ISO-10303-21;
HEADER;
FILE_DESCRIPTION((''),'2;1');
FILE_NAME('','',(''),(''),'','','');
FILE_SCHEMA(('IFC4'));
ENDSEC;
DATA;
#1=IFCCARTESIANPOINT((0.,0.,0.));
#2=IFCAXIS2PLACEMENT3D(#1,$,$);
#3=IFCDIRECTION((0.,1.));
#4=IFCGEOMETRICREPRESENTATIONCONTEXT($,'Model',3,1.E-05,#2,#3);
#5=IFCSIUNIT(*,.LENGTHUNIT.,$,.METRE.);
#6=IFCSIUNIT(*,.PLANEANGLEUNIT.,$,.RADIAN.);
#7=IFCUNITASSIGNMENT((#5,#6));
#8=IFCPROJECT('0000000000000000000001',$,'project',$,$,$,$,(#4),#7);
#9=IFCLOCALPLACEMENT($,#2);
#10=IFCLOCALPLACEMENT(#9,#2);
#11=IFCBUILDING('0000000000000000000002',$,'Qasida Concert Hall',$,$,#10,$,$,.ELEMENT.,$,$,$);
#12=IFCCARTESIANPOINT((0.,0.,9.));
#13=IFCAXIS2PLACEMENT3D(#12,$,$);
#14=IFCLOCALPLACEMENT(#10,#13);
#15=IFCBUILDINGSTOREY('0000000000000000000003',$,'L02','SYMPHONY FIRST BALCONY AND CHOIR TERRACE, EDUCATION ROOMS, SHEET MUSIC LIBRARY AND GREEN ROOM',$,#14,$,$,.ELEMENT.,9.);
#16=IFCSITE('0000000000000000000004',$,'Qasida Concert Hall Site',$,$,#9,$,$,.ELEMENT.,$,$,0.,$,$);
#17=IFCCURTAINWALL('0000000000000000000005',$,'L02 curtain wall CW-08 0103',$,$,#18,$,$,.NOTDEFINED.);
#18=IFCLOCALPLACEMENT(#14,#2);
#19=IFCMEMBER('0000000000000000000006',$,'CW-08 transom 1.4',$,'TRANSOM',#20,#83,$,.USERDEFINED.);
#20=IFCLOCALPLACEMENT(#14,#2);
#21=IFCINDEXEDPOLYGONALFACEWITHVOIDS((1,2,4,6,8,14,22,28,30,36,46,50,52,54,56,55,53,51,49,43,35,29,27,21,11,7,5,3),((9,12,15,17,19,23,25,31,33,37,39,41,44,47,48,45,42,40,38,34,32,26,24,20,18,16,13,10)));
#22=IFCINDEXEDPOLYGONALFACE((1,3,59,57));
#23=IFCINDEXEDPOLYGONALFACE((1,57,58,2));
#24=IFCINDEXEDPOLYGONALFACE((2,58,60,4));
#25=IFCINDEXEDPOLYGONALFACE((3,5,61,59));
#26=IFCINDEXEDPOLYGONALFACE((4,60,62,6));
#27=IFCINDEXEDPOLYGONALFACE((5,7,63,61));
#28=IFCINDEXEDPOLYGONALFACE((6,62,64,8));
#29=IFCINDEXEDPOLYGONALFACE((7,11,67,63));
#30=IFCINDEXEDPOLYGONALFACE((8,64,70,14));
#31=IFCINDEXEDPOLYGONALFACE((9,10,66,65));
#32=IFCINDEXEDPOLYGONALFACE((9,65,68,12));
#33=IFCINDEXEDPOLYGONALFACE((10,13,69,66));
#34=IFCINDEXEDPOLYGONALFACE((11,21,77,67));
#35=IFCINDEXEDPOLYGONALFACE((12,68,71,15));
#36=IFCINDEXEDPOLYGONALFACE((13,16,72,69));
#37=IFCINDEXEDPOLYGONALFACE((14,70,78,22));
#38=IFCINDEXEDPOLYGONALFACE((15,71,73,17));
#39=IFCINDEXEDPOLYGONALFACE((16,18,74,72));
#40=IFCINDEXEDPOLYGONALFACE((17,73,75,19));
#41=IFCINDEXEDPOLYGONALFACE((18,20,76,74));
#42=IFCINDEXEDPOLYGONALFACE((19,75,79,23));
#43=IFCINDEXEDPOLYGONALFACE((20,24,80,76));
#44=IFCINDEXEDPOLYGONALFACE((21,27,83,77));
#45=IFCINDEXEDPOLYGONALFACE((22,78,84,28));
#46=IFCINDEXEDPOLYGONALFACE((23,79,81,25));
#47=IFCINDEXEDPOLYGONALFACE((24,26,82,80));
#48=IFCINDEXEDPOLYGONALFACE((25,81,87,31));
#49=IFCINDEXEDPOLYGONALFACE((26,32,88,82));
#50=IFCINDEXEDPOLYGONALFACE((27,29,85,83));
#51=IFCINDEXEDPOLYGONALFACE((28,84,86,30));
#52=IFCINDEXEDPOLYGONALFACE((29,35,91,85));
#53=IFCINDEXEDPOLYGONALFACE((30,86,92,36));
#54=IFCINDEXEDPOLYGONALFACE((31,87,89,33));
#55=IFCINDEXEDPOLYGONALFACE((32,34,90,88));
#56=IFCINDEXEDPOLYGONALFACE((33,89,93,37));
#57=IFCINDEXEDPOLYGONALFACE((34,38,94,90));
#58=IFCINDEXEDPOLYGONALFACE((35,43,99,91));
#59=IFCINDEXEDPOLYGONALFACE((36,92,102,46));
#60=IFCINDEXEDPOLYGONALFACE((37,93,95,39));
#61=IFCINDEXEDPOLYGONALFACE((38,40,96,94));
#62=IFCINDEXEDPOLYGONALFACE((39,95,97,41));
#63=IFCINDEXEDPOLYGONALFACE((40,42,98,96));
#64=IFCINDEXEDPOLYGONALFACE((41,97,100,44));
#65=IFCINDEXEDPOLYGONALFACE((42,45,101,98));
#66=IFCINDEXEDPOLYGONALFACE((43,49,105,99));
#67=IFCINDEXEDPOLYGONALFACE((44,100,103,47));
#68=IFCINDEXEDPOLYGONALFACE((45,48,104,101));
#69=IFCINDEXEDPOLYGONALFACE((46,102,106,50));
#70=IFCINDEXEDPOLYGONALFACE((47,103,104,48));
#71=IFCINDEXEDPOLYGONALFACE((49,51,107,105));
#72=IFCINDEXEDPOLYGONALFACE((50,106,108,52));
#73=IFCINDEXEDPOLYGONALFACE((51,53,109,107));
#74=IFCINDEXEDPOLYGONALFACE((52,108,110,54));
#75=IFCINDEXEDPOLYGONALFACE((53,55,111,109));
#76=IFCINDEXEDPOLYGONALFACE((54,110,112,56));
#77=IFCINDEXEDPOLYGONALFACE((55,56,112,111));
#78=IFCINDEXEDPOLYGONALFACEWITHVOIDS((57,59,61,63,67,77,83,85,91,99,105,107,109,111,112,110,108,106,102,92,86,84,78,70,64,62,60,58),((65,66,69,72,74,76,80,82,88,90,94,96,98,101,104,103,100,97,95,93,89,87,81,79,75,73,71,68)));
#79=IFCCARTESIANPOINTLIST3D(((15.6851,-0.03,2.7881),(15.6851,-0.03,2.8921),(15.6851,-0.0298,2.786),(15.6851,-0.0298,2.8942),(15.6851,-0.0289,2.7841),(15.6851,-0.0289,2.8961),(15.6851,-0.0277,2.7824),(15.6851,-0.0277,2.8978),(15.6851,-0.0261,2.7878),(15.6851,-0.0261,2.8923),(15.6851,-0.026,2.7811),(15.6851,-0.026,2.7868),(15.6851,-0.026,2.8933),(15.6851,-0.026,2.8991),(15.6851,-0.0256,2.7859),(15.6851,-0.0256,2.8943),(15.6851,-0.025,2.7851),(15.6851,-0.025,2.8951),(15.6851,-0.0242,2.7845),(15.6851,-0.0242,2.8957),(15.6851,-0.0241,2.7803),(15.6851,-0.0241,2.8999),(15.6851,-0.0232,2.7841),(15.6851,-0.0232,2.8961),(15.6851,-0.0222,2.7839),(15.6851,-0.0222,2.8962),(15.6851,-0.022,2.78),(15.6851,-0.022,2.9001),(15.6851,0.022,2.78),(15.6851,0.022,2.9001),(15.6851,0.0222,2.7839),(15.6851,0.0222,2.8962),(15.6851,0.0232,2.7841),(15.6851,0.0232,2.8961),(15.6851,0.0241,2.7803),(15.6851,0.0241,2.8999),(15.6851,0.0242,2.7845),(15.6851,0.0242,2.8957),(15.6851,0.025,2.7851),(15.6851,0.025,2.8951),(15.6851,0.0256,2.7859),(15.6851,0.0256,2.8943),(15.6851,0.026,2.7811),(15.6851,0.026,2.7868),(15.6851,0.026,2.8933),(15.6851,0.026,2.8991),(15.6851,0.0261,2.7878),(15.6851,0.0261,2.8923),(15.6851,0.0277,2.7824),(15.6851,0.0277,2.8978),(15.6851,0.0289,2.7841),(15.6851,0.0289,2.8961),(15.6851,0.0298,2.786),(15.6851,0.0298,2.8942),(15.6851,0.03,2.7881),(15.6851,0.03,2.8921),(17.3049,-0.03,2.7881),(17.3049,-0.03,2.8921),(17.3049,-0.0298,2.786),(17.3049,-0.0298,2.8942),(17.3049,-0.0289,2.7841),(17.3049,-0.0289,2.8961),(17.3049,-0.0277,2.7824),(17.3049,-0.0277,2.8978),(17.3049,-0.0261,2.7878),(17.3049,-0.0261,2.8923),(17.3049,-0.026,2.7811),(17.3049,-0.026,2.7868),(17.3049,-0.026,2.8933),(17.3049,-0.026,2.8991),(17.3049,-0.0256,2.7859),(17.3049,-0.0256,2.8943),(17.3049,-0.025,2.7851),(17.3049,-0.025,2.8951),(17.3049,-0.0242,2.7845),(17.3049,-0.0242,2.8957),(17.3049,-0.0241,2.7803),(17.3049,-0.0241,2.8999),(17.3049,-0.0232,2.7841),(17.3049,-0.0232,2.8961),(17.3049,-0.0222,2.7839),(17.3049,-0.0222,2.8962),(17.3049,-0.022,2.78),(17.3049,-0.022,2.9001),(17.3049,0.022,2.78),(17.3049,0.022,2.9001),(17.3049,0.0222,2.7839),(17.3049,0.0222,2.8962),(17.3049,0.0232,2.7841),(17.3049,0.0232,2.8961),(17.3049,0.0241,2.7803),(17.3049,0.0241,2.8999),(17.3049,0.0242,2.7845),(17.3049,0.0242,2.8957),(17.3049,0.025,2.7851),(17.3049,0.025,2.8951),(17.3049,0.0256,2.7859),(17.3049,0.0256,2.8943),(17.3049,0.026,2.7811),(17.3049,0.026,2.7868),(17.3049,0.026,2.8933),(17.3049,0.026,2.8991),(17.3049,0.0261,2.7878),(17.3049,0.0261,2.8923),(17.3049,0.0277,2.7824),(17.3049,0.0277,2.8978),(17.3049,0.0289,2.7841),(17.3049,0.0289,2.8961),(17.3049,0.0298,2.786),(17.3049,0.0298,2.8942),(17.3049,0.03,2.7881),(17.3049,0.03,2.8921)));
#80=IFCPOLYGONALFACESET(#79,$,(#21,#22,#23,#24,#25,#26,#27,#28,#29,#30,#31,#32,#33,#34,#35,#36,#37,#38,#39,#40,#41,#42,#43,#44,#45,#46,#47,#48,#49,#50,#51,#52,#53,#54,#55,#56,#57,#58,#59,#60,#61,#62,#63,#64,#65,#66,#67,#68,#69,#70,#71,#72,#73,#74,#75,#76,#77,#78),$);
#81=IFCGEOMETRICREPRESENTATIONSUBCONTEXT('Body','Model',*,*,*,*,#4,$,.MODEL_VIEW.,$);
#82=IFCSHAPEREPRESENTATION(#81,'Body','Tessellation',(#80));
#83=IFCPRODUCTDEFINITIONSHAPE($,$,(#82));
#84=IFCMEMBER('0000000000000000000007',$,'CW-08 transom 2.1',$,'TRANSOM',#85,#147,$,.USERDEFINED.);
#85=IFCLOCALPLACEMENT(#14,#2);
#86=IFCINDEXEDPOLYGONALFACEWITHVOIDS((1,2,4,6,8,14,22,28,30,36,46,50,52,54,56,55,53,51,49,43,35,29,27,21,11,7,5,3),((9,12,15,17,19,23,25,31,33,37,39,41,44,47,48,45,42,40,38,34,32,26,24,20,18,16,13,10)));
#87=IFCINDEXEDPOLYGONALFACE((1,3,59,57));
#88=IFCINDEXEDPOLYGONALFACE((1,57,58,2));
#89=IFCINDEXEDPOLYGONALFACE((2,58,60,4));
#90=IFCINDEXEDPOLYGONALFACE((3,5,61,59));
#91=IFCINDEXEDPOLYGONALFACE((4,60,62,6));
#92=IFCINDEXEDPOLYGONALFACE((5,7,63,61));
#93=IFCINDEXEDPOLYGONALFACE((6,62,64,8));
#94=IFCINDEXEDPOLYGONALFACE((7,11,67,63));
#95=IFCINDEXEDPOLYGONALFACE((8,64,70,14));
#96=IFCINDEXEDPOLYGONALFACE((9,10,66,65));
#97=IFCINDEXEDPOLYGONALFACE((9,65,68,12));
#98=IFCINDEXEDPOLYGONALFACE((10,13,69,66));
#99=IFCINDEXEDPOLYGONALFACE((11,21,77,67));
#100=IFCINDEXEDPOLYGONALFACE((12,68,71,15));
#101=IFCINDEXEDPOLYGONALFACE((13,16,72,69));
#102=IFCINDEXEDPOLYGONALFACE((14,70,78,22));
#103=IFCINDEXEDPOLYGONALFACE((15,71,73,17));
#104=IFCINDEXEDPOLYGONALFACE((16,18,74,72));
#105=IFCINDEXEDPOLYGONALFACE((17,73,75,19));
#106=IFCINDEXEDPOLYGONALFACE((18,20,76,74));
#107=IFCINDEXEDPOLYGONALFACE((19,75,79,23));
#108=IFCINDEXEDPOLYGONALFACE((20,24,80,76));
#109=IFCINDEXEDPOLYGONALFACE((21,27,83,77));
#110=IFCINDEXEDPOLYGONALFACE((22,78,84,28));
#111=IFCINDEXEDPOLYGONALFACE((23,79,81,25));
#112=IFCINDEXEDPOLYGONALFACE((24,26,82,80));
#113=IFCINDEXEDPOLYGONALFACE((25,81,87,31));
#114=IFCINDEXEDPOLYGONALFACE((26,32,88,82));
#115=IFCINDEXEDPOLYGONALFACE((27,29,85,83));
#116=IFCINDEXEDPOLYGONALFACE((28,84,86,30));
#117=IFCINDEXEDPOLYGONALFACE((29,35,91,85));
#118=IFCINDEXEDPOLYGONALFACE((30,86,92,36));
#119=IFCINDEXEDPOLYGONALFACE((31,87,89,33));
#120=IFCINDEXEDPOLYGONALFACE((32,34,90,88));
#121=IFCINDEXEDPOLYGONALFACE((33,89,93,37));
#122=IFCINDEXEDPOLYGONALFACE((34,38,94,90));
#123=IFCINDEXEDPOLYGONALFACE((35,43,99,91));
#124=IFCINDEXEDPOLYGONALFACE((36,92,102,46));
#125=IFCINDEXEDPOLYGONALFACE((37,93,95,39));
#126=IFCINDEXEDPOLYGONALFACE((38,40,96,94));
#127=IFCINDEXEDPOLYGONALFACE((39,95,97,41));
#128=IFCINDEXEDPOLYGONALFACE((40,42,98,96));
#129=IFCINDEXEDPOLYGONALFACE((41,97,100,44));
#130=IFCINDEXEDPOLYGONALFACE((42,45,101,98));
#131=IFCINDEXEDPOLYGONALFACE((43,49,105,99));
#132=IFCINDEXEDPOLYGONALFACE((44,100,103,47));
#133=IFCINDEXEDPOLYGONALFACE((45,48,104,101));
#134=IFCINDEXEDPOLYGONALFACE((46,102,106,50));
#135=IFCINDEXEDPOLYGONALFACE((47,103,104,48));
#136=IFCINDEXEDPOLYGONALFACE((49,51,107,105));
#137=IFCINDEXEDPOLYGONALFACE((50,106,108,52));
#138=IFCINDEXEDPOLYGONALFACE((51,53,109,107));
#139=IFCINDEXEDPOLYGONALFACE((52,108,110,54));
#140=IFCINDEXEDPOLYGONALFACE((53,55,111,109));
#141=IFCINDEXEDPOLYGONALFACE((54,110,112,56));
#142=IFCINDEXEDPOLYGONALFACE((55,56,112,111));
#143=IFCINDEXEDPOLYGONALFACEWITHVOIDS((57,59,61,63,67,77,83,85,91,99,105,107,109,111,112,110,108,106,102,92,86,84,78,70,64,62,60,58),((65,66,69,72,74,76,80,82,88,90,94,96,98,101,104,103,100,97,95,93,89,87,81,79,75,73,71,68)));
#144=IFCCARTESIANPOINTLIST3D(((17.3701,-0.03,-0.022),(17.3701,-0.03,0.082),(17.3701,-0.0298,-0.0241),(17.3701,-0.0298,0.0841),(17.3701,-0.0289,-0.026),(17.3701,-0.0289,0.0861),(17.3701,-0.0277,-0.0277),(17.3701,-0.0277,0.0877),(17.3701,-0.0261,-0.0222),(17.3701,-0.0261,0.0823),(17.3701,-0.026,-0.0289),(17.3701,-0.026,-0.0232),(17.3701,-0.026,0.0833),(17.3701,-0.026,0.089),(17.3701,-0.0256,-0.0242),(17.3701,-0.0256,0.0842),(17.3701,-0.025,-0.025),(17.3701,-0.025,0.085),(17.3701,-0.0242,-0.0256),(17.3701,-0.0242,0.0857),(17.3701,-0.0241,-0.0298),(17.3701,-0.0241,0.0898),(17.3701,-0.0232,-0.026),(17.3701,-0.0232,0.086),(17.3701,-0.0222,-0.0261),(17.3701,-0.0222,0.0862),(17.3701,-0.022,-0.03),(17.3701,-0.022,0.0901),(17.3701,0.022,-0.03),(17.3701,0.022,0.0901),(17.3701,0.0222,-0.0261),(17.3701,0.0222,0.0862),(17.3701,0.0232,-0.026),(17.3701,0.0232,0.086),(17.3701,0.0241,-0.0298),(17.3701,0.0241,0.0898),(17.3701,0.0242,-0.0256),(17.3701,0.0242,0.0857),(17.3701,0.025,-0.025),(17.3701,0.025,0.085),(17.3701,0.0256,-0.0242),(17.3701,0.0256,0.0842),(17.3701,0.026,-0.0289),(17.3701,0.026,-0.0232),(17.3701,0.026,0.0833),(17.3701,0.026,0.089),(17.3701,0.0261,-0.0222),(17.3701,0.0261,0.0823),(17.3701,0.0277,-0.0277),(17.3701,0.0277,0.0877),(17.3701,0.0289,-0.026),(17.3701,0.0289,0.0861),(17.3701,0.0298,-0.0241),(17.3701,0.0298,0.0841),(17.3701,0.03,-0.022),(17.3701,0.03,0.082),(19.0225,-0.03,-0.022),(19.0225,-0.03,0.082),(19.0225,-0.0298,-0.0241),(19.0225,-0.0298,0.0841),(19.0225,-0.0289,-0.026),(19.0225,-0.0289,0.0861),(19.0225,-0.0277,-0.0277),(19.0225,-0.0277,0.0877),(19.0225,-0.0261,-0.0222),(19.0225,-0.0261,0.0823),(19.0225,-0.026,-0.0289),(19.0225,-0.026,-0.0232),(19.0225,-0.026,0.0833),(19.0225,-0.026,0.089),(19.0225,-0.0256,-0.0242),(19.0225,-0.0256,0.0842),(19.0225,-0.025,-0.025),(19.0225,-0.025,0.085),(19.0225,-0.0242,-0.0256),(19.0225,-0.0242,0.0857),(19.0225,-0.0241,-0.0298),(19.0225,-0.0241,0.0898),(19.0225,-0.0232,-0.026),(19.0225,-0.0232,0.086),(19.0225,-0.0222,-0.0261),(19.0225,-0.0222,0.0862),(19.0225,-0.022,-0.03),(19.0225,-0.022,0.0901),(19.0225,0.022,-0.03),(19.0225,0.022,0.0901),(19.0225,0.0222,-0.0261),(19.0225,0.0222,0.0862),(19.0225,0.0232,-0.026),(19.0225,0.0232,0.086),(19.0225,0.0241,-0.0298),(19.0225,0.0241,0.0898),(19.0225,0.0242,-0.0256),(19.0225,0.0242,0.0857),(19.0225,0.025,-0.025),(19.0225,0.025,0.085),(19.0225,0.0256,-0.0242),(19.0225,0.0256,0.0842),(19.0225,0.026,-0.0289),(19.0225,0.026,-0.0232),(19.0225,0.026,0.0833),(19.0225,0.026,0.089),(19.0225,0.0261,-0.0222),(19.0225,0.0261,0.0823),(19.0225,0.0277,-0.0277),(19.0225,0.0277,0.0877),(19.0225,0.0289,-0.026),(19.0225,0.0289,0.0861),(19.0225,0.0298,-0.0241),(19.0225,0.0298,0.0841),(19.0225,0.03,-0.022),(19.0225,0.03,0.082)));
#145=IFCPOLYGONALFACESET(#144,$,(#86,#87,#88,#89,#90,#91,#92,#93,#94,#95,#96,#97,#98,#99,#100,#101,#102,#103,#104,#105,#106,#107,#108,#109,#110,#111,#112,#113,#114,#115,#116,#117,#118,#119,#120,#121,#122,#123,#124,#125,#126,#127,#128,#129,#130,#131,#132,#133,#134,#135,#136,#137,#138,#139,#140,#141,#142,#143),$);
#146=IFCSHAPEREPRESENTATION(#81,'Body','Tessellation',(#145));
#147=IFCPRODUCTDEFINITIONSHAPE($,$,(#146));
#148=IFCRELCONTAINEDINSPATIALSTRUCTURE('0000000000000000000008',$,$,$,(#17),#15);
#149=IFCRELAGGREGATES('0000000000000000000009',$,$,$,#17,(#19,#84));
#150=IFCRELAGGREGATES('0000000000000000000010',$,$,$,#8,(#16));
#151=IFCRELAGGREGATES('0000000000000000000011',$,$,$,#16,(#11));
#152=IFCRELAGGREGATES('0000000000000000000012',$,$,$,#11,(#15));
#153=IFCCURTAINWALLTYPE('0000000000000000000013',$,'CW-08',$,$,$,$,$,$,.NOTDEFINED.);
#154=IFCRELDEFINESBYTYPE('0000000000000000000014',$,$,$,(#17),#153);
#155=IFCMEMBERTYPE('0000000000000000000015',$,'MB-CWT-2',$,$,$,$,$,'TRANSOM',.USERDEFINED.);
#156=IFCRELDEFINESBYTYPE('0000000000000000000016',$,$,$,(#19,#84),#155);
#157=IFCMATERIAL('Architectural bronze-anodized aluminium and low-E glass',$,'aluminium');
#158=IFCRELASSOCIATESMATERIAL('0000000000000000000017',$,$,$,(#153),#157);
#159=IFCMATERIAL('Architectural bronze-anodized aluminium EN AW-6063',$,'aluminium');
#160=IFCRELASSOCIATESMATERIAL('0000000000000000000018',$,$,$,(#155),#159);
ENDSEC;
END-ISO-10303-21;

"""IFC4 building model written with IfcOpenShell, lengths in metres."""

from ifc_helpers import new_model, si_unit, direction, frame, origin, origin_2d, place, context, subcontext, project, spatial, hollow_rectangle, extrude, material, material_profile, profile_set, type_object, element, aggregate, save


model = new_model("IFC4")

# Units and contexts
model_context = context("Model", 3, precision=1e-05, world=origin(), true_north=direction((0.0, 1.0)))
body_context = subcontext(model_context, "Body", "Model", "MODEL_VIEW")
ifc_project = project(units=[si_unit("LENGTHUNIT", "METRE"), si_unit("PLANEANGLEUNIT", "RADIAN")], contexts=[model_context])

# Site, building, storey
site_placement = place(None, origin())
site = spatial("IfcSite", under=ifc_project, at=site_placement, Name="Qasida Concert Hall Site", CompositionType="ELEMENT", RefElevation=0.0)
building_placement = place(site_placement, origin())
building = spatial("IfcBuilding", under=site, at=building_placement, Name="Qasida Concert Hall", CompositionType="ELEMENT")
storey_placement = place(building_placement, frame((0.0, 0.0, 9.0)))
storey = spatial("IfcBuildingStorey", under=building, at=storey_placement, Name="L02", Description="SYMPHONY FIRST BALCONY AND CHOIR TERRACE, EDUCATION ROOMS, SHEET MUSIC LIBRARY AND GREEN ROOM", CompositionType="ELEMENT", Elevation=9.0)

# Curtain wall, members
ifc_material_1 = material(Name="Architectural bronze-anodized aluminium and low-E glass", Category="aluminium")
curtain_wall_type = type_object("IfcCurtainWallType", Name="CW-08", PredefinedType="NOTDEFINED", material=ifc_material_1)
curtain_wall_placement = place(storey_placement, origin())
curtain_wall = element("IfcCurtainWall", 1, at=curtain_wall_placement, inside=storey, type_object=curtain_wall_type, Name="L02 curtain wall CW-08 0103", PredefinedType="NOTDEFINED")
ifc_material_2 = material(Name="Architectural bronze-anodized aluminium EN AW-6063", Category="aluminium")
ifc_material_profile_1 = material_profile(ifc_material_2, hollow_rectangle(XDim=0.0601, YDim=0.1201, WallThickness=0.0039, InnerFilletRadius=0.0039, OuterFilletRadius=0.0081, at=origin_2d()), Name="CWT 120x60x4")
ifc_profile_set_1 = profile_set([ifc_material_profile_1], Name="Architectural bronze-anodized aluminium EN AW-6063")
member_type_1 = type_object("IfcMemberType", Name="MB-CWT-2", ElementType="TRANSOM", PredefinedType="USERDEFINED", material=ifc_profile_set_1)
member_1_placement = place(storey_placement, frame((15.6851, 0.0, 2.8401), z_axis=(1.0, 0.0, 0.0), x_axis=(0.0, 1.0, 0.0)))
member_1 = element("IfcMember", 2, at=member_1_placement, type_object=member_type_1, Name="CW-08 transom 1.4", ObjectType="TRANSOM", PredefinedType="USERDEFINED", context=body_context, shape_type="SweptSolid", body=[
    extrude(hollow_rectangle(XDim=0.0601, YDim=0.1201, WallThickness=0.0039, InnerFilletRadius=0.0039, OuterFilletRadius=0.0081, at=origin_2d()), origin(), (0.0, 0.0, 1.0), 1.6199),
])
member_2_placement = place(storey_placement, frame((17.3701, 0.0, 0.03), z_axis=(1.0, 0.0, 0.0), x_axis=(0.0, 1.0, 0.0)))
member_2 = element("IfcMember", 3, at=member_2_placement, type_object=member_type_1, Name="CW-08 transom 2.1", ObjectType="TRANSOM", PredefinedType="USERDEFINED", context=body_context, shape_type="SweptSolid", body=[
    extrude(hollow_rectangle(XDim=0.0601, YDim=0.1201, WallThickness=0.0039, InnerFilletRadius=0.0039, OuterFilletRadius=0.0081, at=origin_2d()), origin(), (0.0, 0.0, 1.0), 1.6523),
])
aggregate(curtain_wall, [member_1, member_2])

save(model, "model.ifc")
